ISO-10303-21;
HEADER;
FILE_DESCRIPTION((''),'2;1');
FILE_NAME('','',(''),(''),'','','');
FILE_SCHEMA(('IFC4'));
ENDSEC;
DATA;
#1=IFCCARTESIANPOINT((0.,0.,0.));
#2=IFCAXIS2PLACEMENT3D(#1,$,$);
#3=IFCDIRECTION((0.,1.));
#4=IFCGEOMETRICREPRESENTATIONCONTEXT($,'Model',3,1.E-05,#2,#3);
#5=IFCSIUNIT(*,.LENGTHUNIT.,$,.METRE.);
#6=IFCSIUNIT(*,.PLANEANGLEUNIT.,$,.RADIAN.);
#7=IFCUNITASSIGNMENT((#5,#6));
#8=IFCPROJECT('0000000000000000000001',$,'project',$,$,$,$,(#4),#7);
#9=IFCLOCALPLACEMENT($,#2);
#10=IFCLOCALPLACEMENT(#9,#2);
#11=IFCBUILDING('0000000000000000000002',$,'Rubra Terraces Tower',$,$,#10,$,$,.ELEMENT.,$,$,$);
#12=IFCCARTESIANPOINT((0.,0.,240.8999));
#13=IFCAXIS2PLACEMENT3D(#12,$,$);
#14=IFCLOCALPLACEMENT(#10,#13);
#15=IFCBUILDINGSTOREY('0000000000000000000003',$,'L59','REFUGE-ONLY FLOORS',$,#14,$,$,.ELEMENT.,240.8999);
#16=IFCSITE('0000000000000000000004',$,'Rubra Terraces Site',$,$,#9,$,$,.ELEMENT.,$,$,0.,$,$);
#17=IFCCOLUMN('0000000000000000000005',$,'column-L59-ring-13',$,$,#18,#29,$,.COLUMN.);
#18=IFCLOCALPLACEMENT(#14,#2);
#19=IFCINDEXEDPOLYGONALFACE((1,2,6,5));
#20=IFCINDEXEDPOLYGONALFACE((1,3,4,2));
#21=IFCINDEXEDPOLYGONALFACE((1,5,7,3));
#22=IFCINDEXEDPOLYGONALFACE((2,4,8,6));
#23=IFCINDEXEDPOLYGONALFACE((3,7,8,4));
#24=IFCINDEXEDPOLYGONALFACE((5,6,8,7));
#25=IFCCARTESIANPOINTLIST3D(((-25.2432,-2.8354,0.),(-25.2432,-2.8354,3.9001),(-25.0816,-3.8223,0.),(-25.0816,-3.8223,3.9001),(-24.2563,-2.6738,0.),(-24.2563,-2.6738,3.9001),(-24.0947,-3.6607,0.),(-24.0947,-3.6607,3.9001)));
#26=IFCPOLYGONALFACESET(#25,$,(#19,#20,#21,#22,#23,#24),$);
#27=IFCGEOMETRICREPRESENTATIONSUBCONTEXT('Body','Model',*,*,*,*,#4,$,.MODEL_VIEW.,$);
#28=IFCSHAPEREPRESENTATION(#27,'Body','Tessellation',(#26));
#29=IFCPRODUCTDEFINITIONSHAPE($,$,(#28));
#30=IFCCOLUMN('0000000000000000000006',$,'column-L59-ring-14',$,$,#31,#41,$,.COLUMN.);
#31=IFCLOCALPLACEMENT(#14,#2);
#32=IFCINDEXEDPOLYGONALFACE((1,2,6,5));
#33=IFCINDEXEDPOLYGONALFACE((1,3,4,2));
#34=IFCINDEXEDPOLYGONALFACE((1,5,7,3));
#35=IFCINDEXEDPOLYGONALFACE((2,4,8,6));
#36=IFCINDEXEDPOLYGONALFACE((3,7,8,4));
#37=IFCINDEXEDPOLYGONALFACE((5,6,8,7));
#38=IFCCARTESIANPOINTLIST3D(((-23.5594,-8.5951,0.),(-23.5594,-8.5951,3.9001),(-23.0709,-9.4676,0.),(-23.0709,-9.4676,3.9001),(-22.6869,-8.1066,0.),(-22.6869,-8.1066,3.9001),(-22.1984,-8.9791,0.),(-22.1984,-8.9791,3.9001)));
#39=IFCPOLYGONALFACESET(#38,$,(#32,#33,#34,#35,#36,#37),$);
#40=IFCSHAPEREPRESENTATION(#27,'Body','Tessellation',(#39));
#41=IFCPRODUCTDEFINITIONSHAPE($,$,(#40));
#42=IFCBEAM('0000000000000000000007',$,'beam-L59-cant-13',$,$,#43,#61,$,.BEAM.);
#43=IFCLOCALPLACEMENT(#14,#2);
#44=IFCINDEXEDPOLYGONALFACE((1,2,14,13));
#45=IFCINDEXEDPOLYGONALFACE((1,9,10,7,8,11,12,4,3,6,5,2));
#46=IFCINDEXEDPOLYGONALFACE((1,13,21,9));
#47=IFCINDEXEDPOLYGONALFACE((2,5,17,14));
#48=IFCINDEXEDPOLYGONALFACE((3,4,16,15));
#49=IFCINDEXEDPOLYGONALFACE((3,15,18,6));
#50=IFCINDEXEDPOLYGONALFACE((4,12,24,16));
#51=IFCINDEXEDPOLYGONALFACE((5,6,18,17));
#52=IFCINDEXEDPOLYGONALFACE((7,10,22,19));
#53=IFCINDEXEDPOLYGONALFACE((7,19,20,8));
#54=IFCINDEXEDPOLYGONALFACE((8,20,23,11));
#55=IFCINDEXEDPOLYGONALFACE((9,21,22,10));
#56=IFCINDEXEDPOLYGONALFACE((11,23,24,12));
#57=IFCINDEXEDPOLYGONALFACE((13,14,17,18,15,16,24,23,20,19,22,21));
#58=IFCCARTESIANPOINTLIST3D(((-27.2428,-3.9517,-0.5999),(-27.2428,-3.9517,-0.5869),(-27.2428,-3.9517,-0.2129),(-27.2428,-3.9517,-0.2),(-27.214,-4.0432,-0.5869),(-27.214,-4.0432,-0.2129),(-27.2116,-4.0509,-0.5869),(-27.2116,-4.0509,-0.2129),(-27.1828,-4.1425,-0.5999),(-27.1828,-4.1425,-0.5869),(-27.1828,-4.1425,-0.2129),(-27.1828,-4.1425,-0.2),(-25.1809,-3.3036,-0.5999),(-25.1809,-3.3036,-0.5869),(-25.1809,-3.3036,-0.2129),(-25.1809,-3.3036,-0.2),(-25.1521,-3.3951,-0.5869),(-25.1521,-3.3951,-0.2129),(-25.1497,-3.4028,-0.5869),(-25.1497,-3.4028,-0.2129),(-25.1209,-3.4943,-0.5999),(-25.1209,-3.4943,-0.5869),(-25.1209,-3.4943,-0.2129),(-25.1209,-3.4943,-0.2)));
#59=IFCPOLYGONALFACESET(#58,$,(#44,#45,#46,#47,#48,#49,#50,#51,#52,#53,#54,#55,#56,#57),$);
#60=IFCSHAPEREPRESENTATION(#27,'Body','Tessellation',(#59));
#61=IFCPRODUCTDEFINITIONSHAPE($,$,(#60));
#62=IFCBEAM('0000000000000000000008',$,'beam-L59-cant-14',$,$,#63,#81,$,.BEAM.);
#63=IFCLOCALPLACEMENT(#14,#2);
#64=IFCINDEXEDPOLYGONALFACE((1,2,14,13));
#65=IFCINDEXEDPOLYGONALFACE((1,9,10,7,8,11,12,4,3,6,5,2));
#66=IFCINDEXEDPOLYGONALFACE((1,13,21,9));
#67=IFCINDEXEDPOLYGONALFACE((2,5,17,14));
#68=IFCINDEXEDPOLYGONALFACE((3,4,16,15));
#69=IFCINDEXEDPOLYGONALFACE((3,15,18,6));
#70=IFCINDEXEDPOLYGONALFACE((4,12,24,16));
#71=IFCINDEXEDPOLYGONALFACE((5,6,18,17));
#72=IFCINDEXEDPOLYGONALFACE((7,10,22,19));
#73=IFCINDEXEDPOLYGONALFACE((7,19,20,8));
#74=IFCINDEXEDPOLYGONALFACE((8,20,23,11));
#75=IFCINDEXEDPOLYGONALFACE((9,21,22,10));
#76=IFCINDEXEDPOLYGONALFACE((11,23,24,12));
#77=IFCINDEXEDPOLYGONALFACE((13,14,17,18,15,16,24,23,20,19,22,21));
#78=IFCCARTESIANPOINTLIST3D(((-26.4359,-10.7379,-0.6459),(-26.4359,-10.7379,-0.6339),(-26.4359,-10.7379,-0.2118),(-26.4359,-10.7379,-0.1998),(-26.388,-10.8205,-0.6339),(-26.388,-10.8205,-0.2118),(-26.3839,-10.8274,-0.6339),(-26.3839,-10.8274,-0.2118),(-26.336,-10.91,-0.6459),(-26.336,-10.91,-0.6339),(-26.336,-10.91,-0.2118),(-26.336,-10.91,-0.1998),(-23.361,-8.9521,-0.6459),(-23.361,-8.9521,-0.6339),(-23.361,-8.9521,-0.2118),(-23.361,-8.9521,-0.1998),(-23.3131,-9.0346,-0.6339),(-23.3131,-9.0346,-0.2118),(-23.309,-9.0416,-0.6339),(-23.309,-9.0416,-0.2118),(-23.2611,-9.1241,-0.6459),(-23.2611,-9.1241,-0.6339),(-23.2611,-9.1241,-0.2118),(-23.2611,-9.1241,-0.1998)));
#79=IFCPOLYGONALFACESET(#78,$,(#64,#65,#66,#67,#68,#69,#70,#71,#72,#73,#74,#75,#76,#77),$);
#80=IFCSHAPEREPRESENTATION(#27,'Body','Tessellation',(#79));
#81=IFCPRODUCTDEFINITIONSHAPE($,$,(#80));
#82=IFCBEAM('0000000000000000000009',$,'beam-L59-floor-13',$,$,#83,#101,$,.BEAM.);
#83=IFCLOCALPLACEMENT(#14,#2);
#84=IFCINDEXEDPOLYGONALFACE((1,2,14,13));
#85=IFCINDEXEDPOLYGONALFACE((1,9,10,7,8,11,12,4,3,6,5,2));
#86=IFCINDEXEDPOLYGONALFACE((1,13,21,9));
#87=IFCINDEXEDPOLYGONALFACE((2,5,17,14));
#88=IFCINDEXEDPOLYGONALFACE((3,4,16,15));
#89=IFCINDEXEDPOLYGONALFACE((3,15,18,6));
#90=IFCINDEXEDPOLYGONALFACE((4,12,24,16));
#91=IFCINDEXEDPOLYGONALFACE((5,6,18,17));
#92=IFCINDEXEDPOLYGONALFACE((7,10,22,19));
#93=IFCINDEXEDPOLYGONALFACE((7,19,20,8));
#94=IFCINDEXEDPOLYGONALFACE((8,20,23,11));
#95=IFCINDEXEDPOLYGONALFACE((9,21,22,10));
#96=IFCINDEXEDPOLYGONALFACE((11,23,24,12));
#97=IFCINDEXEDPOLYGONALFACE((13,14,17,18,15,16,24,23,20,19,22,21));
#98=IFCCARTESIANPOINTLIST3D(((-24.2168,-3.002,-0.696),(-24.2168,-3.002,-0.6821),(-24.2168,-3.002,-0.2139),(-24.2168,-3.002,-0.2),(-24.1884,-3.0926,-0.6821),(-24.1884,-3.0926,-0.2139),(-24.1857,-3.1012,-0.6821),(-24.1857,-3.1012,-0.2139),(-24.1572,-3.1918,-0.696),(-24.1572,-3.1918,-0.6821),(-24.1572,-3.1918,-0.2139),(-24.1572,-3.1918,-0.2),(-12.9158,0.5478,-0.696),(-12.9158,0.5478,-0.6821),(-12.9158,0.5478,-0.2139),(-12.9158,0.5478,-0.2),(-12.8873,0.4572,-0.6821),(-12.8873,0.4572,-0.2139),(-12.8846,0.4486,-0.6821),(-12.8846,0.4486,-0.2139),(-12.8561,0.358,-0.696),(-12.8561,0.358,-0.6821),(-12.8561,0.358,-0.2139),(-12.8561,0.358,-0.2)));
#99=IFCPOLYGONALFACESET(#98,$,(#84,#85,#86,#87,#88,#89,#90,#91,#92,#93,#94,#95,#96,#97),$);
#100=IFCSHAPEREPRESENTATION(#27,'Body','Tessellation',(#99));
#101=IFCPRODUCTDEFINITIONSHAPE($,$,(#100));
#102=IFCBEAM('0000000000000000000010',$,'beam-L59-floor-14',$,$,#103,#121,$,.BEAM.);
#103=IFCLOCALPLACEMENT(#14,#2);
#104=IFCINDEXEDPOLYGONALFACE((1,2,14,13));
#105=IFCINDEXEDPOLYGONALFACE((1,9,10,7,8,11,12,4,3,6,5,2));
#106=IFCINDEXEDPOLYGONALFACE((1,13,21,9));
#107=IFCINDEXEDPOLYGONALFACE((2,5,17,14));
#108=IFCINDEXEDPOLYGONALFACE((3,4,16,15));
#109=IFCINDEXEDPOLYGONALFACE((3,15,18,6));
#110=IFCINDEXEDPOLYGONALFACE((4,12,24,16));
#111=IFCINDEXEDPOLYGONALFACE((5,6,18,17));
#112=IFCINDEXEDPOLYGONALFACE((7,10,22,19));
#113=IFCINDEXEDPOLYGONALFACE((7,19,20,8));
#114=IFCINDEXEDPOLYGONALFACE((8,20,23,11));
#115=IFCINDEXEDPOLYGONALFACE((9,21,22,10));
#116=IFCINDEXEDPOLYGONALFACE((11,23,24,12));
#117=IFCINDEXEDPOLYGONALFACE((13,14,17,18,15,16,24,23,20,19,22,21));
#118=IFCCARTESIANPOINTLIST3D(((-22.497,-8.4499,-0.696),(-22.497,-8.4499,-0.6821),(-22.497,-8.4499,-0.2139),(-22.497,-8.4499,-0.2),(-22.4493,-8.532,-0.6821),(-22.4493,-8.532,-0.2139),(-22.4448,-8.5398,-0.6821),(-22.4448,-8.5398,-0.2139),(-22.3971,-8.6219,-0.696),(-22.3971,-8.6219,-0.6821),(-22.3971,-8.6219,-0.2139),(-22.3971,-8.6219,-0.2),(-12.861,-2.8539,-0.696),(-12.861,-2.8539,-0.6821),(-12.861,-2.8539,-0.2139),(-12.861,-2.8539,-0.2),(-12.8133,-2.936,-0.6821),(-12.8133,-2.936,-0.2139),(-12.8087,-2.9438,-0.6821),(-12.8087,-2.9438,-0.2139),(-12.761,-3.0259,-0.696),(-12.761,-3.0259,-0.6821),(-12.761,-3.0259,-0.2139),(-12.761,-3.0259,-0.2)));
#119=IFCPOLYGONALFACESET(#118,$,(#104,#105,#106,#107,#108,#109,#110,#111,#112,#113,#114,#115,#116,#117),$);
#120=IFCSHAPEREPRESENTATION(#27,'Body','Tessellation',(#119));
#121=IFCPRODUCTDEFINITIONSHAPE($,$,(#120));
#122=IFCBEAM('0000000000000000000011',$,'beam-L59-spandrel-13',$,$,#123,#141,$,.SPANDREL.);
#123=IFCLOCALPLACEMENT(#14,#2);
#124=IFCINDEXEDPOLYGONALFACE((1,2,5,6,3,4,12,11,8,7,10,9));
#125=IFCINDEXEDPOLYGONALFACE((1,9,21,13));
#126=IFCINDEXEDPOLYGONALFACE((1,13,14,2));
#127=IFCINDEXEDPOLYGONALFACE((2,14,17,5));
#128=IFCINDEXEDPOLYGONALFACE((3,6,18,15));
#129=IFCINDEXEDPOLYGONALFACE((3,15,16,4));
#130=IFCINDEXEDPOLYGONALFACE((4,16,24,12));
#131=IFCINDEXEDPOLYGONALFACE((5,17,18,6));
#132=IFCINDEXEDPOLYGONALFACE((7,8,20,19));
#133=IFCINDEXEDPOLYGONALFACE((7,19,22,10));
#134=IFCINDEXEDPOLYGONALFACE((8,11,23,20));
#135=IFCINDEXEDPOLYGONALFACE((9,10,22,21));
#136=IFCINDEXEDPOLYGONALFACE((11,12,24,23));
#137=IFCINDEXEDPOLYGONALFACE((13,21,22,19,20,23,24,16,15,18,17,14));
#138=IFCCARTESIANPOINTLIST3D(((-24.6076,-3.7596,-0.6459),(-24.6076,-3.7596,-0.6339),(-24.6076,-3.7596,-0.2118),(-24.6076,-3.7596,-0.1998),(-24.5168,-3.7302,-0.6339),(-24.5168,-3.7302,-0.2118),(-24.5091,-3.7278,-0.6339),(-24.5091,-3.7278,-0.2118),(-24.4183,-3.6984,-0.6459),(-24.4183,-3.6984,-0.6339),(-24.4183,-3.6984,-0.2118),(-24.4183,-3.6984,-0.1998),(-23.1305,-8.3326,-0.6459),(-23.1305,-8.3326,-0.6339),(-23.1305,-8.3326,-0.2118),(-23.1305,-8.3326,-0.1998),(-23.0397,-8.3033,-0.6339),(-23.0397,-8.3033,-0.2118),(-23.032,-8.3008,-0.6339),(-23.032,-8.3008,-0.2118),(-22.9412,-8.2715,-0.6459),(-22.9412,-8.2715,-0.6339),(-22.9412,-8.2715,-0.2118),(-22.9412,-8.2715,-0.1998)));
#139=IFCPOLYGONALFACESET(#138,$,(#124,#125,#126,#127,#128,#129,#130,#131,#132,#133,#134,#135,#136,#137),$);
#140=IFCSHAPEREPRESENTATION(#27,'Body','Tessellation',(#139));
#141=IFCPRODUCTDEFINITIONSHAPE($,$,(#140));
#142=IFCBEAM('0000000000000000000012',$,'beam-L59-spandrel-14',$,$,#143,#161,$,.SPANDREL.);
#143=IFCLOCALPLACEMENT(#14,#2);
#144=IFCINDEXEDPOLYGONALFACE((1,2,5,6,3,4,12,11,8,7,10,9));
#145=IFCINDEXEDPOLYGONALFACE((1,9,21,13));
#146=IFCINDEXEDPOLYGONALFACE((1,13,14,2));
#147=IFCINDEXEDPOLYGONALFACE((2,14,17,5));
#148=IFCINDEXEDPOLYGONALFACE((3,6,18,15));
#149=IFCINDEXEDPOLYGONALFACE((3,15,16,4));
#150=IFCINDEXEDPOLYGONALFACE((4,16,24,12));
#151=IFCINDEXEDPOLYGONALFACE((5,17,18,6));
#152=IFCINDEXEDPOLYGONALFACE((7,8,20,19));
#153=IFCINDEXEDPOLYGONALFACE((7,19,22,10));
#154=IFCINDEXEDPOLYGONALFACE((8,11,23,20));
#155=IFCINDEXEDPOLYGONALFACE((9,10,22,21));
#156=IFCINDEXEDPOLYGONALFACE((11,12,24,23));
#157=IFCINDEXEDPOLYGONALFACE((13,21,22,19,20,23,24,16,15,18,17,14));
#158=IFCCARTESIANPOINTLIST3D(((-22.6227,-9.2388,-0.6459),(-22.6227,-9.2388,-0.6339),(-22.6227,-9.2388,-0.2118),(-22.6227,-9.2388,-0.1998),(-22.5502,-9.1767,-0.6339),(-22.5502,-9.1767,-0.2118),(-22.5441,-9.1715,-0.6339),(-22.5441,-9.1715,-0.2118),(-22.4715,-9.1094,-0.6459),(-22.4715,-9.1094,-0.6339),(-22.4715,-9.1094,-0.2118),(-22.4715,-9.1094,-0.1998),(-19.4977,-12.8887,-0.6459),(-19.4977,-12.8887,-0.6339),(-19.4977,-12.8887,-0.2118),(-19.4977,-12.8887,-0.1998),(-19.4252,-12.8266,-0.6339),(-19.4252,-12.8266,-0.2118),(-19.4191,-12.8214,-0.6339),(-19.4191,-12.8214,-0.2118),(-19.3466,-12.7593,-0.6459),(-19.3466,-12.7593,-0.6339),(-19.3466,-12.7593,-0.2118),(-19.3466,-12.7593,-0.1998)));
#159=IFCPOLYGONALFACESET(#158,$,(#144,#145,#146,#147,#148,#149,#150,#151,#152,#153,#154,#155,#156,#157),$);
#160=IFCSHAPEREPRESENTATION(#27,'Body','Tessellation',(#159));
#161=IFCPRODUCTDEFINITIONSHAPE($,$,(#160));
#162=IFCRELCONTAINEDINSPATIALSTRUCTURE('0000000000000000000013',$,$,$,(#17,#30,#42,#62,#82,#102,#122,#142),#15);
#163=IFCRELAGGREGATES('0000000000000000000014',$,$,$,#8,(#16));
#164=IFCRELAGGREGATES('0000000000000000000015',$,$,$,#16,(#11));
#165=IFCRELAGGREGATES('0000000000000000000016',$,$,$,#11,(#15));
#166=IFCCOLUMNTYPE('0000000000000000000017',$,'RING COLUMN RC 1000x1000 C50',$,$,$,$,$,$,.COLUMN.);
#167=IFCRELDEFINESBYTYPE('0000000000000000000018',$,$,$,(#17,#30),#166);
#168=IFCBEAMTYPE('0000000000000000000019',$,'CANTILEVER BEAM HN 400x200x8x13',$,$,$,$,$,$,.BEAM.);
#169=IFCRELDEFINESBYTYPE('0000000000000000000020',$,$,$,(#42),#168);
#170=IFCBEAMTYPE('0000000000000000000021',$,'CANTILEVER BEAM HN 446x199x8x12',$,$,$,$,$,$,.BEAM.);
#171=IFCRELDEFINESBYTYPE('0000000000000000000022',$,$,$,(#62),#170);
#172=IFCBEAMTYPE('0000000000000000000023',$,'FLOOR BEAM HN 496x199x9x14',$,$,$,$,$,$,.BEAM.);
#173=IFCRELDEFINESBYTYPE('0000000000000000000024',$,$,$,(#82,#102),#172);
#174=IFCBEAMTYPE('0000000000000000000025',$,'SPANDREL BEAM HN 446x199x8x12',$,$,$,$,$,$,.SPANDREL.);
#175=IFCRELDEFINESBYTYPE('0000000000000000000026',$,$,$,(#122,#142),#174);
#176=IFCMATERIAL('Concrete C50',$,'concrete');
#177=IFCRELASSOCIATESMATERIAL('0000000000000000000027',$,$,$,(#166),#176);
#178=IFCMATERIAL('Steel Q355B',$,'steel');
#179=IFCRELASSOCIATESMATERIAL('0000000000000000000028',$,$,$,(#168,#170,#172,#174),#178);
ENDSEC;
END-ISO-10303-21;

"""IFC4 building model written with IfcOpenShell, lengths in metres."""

from ifc_helpers import new_model, si_unit, direction, frame, origin, origin_2d, place, context, subcontext, project, spatial, rectangle, i_section, extrude, material, material_profile, profile_set, type_object, element, save


model = new_model("IFC4")

# Units and contexts
model_context = context("Model", 3, precision=1e-05, world=origin(), true_north=direction((0.0, 1.0)))
body_context = subcontext(model_context, "Body", "Model", "MODEL_VIEW")
ifc_project = project(units=[si_unit("LENGTHUNIT", "METRE"), si_unit("PLANEANGLEUNIT", "RADIAN")], contexts=[model_context])

# Site, building, storey
site_placement = place(None, origin())
site = spatial("IfcSite", under=ifc_project, at=site_placement, Name="Rubra Terraces Site", CompositionType="ELEMENT", RefElevation=0.0)
building_placement = place(site_placement, origin())
building = spatial("IfcBuilding", under=site, at=building_placement, Name="Rubra Terraces Tower", CompositionType="ELEMENT")
storey_placement = place(building_placement, frame((0.0, 0.0, 240.8999)))
storey = spatial("IfcBuildingStorey", under=building, at=storey_placement, Name="L59", Description="REFUGE-ONLY FLOORS", CompositionType="ELEMENT", Elevation=240.8999)

# Columns
ifc_material_1 = material(Name="Concrete C50", Category="concrete")
ifc_material_profile_1 = material_profile(ifc_material_1, rectangle(XDim=1.0, YDim=1.0, at=origin_2d()), Name="RC 1000x1000")
ifc_profile_set_1 = profile_set([ifc_material_profile_1], Name="Concrete C50")
column_type = type_object("IfcColumnType", Name="RING COLUMN RC 1000x1000 C50", PredefinedType="COLUMN", material=ifc_profile_set_1)
for number, where, z_axis, x_axis, name in (
    (1, (-24.6689, -3.248, 0.0), (0.0, 0.0, 1.0), (0.161559, -0.986863, 0.0), "column-L59-ring-13"),
    (2, (-22.8789, -8.7871, 0.0), (0.0, 0.0, 1.0), (0.488526, -0.872549, 0.0), "column-L59-ring-14"),
):
    element("IfcColumn", number, at=place(storey_placement, frame(where, z_axis=z_axis, x_axis=x_axis)), inside=storey, type_object=column_type, Name=name, PredefinedType="COLUMN", context=body_context, shape_type="SweptSolid", body=[
        extrude(rectangle(XDim=1.0, YDim=1.0, at=origin_2d()), origin(), (0.0, 0.0, 1.0), 3.9001),
    ])

# Beams
ifc_material_2 = material(Name="Steel Q355B", Category="steel")
ifc_material_profile_2 = material_profile(ifc_material_2, i_section(OverallWidth=0.2, OverallDepth=0.3999, WebThickness=0.0081, FlangeThickness=0.0129, at=origin_2d()), Name="HN 400x200x8x13")
ifc_profile_set_2 = profile_set([ifc_material_profile_2], Name="Steel Q355B")
beam_type_1 = type_object("IfcBeamType", Name="CANTILEVER BEAM HN 400x200x8x13", PredefinedType="BEAM", material=ifc_profile_set_2)
beam_1_placement = place(storey_placement, frame((-25.1509, -3.3989, -0.3999), z_axis=(-0.953976, -0.299882, 0.0), x_axis=(0.299882, -0.953976, 0.0)))
element("IfcBeam", 3, at=beam_1_placement, inside=storey, type_object=beam_type_1, Name="beam-L59-cant-13", PredefinedType="BEAM", context=body_context, shape_type="SweptSolid", body=[
    extrude(i_section(OverallWidth=0.2, OverallDepth=0.3999, WebThickness=0.0081, FlangeThickness=0.0129, at=origin_2d()), origin(), (0.0, 0.0, 1.0), 2.1614),
])
ifc_material_profile_3 = material_profile(ifc_material_2, i_section(OverallWidth=0.199, OverallDepth=0.446, WebThickness=0.0081, FlangeThickness=0.012, at=origin_2d()), Name="HN 446x199x8x12")
ifc_profile_set_3 = profile_set([ifc_material_profile_3], Name="Steel Q355B")
beam_type_2 = type_object("IfcBeamType", Name="CANTILEVER BEAM HN 446x199x8x12", PredefinedType="BEAM", material=ifc_profile_set_3)
beam_2_placement = place(storey_placement, frame((-23.311, -9.0381, -0.4229), z_axis=(-0.864736, -0.502227, 0.0), x_axis=(0.502227, -0.864736, 0.0)))
element("IfcBeam", 4, at=beam_2_placement, inside=storey, type_object=beam_type_2, Name="beam-L59-cant-14", PredefinedType="BEAM", context=body_context, shape_type="SweptSolid", body=[
    extrude(i_section(OverallWidth=0.199, OverallDepth=0.446, WebThickness=0.0081, FlangeThickness=0.012, at=origin_2d()), origin(), (0.0, 0.0, 1.0), 3.5559),
])
ifc_material_profile_4 = material_profile(ifc_material_2, i_section(OverallWidth=0.199, OverallDepth=0.4961, WebThickness=0.009, FlangeThickness=0.0139, at=origin_2d()), Name="HN 496x199x9x14")
ifc_profile_set_4 = profile_set([ifc_material_profile_4], Name="Steel Q355B")
beam_type_3 = type_object("IfcBeamType", Name="FLOOR BEAM HN 496x199x9x14", PredefinedType="BEAM", material=ifc_profile_set_4)
beam_3_placement = place(storey_placement, frame((-24.187, -3.0969, -0.448), z_axis=(0.954041, 0.299677, 0.0), x_axis=(-0.299677, 0.954041, 0.0)))
element("IfcBeam", 5, at=beam_3_placement, inside=storey, type_object=beam_type_3, Name="beam-L59-floor-13", PredefinedType="BEAM", context=body_context, shape_type="SweptSolid", body=[
    extrude(i_section(OverallWidth=0.199, OverallDepth=0.4961, WebThickness=0.009, FlangeThickness=0.0139, at=origin_2d()), origin(), (0.0, 0.0, 1.0), 11.8455),
])
beam_4_placement = place(storey_placement, frame((-22.447, -8.5359, -0.448), z_axis=(0.864755, 0.502193, 0.0), x_axis=(-0.502193, 0.864755, 0.0)))
element("IfcBeam", 6, at=beam_4_placement, inside=storey, type_object=beam_type_3, Name="beam-L59-floor-14", PredefinedType="BEAM", context=body_context, shape_type="SweptSolid", body=[
    extrude(i_section(OverallWidth=0.199, OverallDepth=0.4961, WebThickness=0.009, FlangeThickness=0.0139, at=origin_2d()), origin(), (0.0, 0.0, 1.0), 11.1431),
])
ifc_material_profile_5 = material_profile(ifc_material_2, i_section(OverallWidth=0.199, OverallDepth=0.446, WebThickness=0.0081, FlangeThickness=0.012, at=origin_2d()), Name="HN 446x199x8x12")
ifc_profile_set_5 = profile_set([ifc_material_profile_5], Name="Steel Q355B")
beam_type_4 = type_object("IfcBeamType", Name="SPANDREL BEAM HN 446x199x8x12", PredefinedType="SPANDREL", material=ifc_profile_set_5)
beam_5_placement = place(storey_placement, frame((-24.5129, -3.729, -0.4229), z_axis=(0.307359, -0.951594, 0.0), x_axis=(0.951594, 0.307359, 0.0)))
element("IfcBeam", 7, at=beam_5_placement, inside=storey, type_object=beam_type_4, Name="beam-L59-spandrel-13", PredefinedType="SPANDREL", context=body_context, shape_type="SweptSolid", body=[
    extrude(i_section(OverallWidth=0.199, OverallDepth=0.446, WebThickness=0.0081, FlangeThickness=0.012, at=origin_2d()), origin(), (0.0, 0.0, 1.0), 4.8057),
])
beam_6_placement = place(storey_placement, frame((-22.5471, -9.1741, -0.4229), z_axis=(0.650373, -0.759615, 0.0), x_axis=(0.759615, 0.650373, 0.0)))
element("IfcBeam", 8, at=beam_6_placement, inside=storey, type_object=beam_type_4, Name="beam-L59-spandrel-14", PredefinedType="SPANDREL", context=body_context, shape_type="SweptSolid", body=[
    extrude(i_section(OverallWidth=0.199, OverallDepth=0.446, WebThickness=0.0081, FlangeThickness=0.012, at=origin_2d()), origin(), (0.0, 0.0, 1.0), 4.8049),
])

save(model, "model.ifc")
